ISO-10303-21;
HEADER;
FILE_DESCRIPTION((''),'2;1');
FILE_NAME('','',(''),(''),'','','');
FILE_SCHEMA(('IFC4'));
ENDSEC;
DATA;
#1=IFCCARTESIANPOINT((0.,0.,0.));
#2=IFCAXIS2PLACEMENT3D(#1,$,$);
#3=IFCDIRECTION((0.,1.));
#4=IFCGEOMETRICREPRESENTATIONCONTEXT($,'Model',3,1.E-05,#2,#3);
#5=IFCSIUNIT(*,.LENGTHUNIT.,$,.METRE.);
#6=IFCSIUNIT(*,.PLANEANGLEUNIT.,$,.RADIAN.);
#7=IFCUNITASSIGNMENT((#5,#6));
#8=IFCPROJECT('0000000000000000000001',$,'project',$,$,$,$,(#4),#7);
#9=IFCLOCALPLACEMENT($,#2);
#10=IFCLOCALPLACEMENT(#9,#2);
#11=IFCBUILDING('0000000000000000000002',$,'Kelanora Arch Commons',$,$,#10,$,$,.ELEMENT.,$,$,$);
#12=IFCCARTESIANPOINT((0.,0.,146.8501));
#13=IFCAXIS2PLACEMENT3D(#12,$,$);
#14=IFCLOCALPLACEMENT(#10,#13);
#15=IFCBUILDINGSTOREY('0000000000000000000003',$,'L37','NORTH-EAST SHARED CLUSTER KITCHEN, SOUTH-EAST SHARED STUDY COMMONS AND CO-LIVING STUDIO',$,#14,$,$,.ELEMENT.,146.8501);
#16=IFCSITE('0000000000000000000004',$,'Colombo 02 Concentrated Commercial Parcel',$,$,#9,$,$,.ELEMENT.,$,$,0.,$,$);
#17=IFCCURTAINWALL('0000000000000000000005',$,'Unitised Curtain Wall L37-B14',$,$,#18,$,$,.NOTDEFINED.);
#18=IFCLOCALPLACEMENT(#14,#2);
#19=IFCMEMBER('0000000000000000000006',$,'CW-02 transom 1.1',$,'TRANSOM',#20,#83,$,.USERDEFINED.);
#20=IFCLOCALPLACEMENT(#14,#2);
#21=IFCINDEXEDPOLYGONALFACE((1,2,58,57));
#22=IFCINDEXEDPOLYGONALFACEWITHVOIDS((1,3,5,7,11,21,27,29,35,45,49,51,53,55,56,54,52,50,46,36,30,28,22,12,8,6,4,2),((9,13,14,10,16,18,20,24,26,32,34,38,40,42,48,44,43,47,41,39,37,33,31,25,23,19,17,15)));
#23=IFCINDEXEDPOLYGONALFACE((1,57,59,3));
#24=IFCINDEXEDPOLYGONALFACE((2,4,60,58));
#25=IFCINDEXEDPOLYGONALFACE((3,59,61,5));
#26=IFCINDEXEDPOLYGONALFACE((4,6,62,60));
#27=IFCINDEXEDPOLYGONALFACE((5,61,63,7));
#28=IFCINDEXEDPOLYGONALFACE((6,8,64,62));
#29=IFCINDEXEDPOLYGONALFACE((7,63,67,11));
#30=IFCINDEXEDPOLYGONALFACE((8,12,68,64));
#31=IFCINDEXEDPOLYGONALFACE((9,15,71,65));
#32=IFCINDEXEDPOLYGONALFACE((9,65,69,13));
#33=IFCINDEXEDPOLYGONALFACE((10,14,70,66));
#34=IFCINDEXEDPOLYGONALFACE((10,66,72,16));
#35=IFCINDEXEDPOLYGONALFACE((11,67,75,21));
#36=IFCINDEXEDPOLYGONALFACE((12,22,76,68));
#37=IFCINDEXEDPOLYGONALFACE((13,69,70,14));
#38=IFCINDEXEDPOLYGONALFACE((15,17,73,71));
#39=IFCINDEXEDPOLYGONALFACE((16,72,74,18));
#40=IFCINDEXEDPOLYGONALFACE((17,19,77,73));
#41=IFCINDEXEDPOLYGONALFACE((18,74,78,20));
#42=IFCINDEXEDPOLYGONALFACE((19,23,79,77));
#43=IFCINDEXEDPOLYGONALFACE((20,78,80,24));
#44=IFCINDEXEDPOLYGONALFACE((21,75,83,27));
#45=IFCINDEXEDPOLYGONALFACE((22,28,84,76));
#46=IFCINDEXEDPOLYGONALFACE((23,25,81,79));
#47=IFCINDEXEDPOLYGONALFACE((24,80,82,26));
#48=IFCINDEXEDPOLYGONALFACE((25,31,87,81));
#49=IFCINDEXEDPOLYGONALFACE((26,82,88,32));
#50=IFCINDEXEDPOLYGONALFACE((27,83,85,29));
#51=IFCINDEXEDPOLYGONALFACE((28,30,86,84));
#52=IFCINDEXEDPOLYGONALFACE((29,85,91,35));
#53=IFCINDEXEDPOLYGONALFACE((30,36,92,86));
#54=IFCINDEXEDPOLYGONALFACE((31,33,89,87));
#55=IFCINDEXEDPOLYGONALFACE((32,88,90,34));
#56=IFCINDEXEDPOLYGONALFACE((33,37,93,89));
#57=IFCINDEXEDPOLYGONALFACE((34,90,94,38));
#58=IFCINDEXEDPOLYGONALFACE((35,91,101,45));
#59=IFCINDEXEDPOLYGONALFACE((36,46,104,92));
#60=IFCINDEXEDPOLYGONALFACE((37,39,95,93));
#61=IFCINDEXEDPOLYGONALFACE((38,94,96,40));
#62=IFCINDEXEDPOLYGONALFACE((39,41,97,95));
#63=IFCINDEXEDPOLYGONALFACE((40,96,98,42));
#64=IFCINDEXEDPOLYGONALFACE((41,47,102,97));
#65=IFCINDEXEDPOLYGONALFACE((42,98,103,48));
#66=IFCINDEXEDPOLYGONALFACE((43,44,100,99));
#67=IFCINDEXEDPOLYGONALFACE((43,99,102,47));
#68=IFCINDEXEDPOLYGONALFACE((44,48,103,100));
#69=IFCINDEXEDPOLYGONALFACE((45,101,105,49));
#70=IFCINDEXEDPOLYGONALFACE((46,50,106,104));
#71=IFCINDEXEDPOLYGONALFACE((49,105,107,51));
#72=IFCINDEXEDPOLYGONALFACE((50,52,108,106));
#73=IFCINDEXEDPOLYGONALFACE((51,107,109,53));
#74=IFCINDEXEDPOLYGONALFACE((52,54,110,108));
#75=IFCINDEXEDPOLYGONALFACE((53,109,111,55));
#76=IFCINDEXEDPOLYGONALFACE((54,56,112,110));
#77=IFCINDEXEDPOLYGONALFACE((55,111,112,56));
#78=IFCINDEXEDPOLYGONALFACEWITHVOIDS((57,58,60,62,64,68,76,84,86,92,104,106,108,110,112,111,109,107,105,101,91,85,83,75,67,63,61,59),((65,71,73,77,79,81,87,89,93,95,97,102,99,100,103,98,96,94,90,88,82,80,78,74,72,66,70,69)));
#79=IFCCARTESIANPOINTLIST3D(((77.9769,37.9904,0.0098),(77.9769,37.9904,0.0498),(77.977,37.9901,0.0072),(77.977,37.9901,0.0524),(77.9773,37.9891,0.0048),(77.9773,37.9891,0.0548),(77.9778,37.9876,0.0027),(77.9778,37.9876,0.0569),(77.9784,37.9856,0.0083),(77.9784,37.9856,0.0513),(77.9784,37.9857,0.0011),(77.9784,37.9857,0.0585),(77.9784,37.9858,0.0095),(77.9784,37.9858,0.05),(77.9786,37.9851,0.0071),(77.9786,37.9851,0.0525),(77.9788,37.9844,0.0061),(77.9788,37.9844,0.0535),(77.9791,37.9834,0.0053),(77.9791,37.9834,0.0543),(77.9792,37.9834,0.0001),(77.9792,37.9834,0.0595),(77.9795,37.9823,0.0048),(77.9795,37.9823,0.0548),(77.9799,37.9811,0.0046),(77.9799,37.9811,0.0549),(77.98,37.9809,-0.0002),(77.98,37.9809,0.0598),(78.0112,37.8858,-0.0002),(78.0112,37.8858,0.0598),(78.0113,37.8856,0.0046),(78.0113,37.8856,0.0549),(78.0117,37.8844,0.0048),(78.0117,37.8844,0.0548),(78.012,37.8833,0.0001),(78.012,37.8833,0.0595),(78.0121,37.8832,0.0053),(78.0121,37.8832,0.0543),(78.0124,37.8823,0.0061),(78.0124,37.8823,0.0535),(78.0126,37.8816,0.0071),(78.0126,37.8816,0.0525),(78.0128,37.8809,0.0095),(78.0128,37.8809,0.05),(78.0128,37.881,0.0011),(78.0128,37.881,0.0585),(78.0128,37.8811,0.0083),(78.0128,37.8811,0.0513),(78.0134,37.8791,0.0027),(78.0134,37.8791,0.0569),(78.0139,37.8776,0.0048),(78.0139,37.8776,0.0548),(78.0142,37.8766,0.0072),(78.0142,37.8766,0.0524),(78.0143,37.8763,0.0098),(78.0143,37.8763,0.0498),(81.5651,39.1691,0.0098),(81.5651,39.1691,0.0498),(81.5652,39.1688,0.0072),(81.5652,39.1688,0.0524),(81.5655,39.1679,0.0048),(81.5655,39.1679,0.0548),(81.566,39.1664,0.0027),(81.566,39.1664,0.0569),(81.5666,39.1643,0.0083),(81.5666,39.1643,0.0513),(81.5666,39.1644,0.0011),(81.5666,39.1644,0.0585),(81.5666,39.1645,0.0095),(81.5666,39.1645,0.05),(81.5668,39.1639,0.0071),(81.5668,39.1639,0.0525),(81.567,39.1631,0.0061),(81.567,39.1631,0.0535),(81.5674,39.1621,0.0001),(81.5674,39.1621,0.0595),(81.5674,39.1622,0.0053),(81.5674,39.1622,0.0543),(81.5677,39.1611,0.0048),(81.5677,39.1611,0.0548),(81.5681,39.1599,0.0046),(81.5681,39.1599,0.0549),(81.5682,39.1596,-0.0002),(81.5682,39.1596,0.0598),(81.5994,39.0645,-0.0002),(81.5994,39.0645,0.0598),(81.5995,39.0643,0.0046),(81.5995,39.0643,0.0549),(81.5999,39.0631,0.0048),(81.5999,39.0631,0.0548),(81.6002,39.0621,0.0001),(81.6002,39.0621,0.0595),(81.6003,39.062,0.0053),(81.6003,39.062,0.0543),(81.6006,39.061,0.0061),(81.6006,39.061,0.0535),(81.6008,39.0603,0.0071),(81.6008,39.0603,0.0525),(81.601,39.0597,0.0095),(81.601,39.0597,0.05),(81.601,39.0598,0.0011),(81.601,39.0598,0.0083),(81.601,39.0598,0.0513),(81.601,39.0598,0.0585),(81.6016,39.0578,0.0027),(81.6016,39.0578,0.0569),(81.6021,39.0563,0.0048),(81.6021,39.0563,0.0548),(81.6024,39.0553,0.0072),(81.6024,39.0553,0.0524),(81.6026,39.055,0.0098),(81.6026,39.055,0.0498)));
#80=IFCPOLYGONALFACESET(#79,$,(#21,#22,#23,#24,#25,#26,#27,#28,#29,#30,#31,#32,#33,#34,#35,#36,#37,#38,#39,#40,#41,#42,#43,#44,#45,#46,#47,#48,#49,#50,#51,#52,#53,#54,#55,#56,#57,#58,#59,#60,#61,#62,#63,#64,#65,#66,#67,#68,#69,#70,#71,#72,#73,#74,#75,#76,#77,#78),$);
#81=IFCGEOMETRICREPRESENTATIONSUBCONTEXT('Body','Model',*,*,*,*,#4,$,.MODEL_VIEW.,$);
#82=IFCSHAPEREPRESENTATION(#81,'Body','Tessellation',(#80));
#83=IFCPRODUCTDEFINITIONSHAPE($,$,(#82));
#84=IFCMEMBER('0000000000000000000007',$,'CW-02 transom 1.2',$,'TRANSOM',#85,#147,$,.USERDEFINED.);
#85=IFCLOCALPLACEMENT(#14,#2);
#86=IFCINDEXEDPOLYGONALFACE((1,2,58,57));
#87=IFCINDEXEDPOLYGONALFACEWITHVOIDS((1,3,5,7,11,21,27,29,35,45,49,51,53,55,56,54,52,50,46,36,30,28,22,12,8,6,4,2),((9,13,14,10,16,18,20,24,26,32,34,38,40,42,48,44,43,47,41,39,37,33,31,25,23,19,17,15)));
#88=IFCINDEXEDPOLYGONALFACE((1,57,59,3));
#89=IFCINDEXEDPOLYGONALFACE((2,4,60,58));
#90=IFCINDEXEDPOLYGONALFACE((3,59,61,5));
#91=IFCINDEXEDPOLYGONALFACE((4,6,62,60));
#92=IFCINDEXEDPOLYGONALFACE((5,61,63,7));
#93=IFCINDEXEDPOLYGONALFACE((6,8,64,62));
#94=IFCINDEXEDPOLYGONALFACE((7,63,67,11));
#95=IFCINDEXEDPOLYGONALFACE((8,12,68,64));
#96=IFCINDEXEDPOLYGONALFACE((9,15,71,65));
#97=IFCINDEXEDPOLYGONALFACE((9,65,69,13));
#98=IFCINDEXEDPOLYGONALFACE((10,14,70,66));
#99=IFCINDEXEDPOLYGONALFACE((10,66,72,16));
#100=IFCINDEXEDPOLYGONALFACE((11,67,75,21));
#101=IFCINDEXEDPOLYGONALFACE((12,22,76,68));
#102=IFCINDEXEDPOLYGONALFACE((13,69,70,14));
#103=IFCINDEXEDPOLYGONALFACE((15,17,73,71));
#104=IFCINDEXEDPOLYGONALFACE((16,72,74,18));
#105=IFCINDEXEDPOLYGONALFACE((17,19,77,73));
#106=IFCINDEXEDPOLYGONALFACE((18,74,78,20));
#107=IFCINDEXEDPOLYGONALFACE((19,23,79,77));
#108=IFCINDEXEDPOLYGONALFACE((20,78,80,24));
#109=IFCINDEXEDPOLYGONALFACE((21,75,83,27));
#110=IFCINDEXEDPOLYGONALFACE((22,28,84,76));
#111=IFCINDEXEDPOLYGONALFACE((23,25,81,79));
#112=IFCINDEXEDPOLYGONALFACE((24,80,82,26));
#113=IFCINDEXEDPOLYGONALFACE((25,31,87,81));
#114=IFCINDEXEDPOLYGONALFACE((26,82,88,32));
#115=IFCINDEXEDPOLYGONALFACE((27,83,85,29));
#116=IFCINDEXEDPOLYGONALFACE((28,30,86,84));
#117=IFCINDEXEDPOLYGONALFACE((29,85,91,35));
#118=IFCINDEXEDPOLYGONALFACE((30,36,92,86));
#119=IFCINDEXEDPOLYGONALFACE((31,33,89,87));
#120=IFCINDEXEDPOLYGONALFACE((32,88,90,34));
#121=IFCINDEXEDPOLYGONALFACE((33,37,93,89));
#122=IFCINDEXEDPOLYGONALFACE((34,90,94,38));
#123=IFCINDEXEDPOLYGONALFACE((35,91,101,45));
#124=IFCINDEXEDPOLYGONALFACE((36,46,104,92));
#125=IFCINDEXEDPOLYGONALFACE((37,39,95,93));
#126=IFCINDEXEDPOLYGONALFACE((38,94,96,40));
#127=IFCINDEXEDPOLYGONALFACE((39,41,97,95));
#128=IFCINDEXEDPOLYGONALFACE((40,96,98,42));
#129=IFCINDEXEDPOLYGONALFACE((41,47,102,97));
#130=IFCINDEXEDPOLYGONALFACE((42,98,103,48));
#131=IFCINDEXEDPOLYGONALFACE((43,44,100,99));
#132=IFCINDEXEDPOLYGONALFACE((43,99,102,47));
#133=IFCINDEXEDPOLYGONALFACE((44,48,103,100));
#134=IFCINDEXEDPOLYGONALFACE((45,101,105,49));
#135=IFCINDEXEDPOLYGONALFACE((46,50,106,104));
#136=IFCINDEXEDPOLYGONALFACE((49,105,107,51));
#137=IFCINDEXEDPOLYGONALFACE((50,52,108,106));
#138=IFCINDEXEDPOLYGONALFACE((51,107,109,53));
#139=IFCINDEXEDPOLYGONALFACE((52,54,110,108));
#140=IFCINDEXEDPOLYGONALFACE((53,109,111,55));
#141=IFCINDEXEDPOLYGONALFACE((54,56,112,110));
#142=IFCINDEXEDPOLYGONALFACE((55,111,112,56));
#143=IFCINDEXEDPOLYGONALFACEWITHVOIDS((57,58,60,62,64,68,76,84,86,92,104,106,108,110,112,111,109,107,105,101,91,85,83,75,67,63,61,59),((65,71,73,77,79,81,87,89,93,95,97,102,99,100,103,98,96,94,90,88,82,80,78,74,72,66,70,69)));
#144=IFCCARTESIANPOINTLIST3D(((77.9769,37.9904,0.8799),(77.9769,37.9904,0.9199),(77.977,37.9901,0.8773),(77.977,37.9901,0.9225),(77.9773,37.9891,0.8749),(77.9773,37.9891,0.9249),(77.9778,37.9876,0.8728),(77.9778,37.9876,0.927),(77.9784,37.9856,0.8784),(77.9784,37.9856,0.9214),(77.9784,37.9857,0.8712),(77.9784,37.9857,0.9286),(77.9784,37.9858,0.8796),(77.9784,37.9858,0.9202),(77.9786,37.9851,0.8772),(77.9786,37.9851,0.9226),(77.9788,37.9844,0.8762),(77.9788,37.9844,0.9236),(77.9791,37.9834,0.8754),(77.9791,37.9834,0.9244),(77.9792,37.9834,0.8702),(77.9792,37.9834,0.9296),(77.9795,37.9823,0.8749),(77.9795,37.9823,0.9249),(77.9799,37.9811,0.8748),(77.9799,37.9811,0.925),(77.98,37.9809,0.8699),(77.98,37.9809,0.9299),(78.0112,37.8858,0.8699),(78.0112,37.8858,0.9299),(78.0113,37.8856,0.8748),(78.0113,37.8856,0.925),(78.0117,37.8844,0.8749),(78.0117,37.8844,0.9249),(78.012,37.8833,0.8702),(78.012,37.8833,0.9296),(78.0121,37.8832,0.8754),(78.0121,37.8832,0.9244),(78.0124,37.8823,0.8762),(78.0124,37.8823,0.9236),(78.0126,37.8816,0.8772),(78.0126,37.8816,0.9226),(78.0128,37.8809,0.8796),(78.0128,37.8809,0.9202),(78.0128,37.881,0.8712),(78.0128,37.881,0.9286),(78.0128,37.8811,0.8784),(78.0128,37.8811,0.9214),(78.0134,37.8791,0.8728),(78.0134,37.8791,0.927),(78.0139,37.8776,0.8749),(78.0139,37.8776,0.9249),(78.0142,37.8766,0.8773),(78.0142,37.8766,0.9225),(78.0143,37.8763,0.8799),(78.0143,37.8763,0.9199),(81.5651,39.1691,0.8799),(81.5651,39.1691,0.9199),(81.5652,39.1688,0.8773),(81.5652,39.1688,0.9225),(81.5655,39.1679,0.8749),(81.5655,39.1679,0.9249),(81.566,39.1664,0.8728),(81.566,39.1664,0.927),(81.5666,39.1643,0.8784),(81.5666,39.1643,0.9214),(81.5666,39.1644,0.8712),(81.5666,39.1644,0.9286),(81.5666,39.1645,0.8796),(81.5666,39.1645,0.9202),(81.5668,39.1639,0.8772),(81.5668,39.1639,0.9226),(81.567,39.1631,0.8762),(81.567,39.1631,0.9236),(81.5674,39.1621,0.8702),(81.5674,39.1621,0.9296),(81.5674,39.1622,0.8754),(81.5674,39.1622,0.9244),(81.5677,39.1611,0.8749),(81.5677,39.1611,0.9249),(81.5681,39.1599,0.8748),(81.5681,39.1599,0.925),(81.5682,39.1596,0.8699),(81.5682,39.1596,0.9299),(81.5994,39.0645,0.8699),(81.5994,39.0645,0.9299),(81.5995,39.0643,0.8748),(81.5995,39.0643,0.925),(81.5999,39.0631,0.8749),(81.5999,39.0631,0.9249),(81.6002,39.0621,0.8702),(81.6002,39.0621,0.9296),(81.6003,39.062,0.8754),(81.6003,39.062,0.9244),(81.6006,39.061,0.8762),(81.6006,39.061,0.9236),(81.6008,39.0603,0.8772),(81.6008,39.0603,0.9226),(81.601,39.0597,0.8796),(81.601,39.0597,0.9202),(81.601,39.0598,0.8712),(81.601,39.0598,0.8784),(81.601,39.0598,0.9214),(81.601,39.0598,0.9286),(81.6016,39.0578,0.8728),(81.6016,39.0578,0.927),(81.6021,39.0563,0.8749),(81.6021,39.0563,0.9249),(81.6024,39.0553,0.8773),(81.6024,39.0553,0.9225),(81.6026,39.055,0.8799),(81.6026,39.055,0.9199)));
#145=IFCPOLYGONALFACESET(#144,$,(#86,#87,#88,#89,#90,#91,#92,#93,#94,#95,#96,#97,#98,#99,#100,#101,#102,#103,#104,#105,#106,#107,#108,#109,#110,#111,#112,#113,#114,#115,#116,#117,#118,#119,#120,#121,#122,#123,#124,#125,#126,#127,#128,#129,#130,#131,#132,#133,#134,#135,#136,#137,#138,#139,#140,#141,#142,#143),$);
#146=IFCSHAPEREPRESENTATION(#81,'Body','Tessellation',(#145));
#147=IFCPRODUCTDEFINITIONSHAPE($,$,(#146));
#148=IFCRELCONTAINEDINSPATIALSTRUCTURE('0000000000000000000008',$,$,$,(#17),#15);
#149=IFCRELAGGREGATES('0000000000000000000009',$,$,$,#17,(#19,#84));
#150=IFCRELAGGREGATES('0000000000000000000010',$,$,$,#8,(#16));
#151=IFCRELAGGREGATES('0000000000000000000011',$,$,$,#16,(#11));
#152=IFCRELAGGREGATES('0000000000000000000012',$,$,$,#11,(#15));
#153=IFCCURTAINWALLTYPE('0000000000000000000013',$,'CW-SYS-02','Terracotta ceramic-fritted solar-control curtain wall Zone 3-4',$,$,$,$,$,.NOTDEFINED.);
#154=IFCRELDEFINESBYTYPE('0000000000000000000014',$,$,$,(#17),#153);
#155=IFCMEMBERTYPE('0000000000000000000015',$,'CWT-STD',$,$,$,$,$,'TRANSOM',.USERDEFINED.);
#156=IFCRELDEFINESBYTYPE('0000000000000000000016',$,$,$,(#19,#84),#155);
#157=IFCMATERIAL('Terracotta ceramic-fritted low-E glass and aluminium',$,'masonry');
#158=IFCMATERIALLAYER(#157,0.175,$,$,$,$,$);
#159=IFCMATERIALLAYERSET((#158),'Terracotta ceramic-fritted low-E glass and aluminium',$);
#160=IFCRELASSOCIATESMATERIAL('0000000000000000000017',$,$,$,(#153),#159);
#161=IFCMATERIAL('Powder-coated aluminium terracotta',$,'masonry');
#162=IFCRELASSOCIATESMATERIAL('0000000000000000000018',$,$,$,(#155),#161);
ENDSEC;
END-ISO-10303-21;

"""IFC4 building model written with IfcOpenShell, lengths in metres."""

from ifc_helpers import new_model, si_unit, direction, frame, origin, origin_2d, place, context, subcontext, project, spatial, hollow_rectangle, extrude, material, layer, layer_set, material_profile, profile_set, type_object, element, aggregate, save


model = new_model("IFC4")

# Units and contexts
model_context = context("Model", 3, precision=1e-05, world=origin(), true_north=direction((0.0, 1.0)))
body_context = subcontext(model_context, "Body", "Model", "MODEL_VIEW")
ifc_project = project(units=[si_unit("LENGTHUNIT", "METRE"), si_unit("PLANEANGLEUNIT", "RADIAN")], contexts=[model_context])

# Site, building, storey
site_placement = place(None, origin())
site = spatial("IfcSite", under=ifc_project, at=site_placement, Name="Colombo 02 Concentrated Commercial Parcel", CompositionType="ELEMENT", RefElevation=0.0)
building_placement = place(site_placement, origin())
building = spatial("IfcBuilding", under=site, at=building_placement, Name="Kelanora Arch Commons", CompositionType="ELEMENT")
storey_placement = place(building_placement, frame((0.0, 0.0, 146.8501)))
storey = spatial("IfcBuildingStorey", under=building, at=storey_placement, Name="L37", Description="NORTH-EAST SHARED CLUSTER KITCHEN, SOUTH-EAST SHARED STUDY COMMONS AND CO-LIVING STUDIO", CompositionType="ELEMENT", Elevation=146.8501)

# Curtain wall, members
ifc_material_1 = material(Name="Terracotta ceramic-fritted low-E glass and aluminium", Category="masonry")
ifc_layer_1 = layer(ifc_material_1, 0.175)
ifc_layer_set_1 = layer_set([ifc_layer_1], Name="Terracotta ceramic-fritted low-E glass and aluminium")
curtain_wall_type = type_object("IfcCurtainWallType", Name="CW-SYS-02", Description="Terracotta ceramic-fritted solar-control curtain wall Zone 3-4", PredefinedType="NOTDEFINED", material=ifc_layer_set_1)
curtain_wall_placement = place(storey_placement, origin())
curtain_wall = element("IfcCurtainWall", 1, at=curtain_wall_placement, inside=storey, type_object=curtain_wall_type, Name="Unitised Curtain Wall L37-B14", PredefinedType="NOTDEFINED")
ifc_material_2 = material(Name="Powder-coated aluminium terracotta", Category="masonry")
ifc_material_profile_1 = material_profile(ifc_material_2, hollow_rectangle(XDim=0.1201, YDim=0.0601, WallThickness=0.0049, InnerFilletRadius=0.0049, OuterFilletRadius=0.01, at=origin_2d()), Name="CWT120x60")
ifc_profile_set_1 = profile_set([ifc_material_profile_1], Name="Powder-coated aluminium terracotta")
member_type_1 = type_object("IfcMemberType", Name="CWT-STD", ElementType="TRANSOM", PredefinedType="USERDEFINED", material=ifc_profile_set_1)
member_1_placement = place(storey_placement, frame((77.9956, 37.9333, 0.0298), z_axis=(0.950051, 0.312094, 0.0), x_axis=(-0.312094, 0.950051, 0.0)))
member_1 = element("IfcMember", 2, at=member_1_placement, type_object=member_type_1, Name="CW-02 transom 1.1", ObjectType="TRANSOM", PredefinedType="USERDEFINED", context=body_context, shape_type="SweptSolid", body=[
    extrude(hollow_rectangle(XDim=0.1201, YDim=0.0601, WallThickness=0.0049, InnerFilletRadius=0.0049, OuterFilletRadius=0.01, at=origin_2d()), origin(), (0.0, 0.0, 1.0), 3.7769),
])
member_2_placement = place(storey_placement, frame((77.9956, 37.9333, 0.8999), z_axis=(0.950051, 0.312094, 0.0), x_axis=(-0.312094, 0.950051, 0.0)))
member_2 = element("IfcMember", 3, at=member_2_placement, type_object=member_type_1, Name="CW-02 transom 1.2", ObjectType="TRANSOM", PredefinedType="USERDEFINED", context=body_context, shape_type="SweptSolid", body=[
    extrude(hollow_rectangle(XDim=0.1201, YDim=0.0601, WallThickness=0.0049, InnerFilletRadius=0.0049, OuterFilletRadius=0.01, at=origin_2d()), origin(), (0.0, 0.0, 1.0), 3.7769),
])
aggregate(curtain_wall, [member_1, member_2])

save(model, "model.ifc")
